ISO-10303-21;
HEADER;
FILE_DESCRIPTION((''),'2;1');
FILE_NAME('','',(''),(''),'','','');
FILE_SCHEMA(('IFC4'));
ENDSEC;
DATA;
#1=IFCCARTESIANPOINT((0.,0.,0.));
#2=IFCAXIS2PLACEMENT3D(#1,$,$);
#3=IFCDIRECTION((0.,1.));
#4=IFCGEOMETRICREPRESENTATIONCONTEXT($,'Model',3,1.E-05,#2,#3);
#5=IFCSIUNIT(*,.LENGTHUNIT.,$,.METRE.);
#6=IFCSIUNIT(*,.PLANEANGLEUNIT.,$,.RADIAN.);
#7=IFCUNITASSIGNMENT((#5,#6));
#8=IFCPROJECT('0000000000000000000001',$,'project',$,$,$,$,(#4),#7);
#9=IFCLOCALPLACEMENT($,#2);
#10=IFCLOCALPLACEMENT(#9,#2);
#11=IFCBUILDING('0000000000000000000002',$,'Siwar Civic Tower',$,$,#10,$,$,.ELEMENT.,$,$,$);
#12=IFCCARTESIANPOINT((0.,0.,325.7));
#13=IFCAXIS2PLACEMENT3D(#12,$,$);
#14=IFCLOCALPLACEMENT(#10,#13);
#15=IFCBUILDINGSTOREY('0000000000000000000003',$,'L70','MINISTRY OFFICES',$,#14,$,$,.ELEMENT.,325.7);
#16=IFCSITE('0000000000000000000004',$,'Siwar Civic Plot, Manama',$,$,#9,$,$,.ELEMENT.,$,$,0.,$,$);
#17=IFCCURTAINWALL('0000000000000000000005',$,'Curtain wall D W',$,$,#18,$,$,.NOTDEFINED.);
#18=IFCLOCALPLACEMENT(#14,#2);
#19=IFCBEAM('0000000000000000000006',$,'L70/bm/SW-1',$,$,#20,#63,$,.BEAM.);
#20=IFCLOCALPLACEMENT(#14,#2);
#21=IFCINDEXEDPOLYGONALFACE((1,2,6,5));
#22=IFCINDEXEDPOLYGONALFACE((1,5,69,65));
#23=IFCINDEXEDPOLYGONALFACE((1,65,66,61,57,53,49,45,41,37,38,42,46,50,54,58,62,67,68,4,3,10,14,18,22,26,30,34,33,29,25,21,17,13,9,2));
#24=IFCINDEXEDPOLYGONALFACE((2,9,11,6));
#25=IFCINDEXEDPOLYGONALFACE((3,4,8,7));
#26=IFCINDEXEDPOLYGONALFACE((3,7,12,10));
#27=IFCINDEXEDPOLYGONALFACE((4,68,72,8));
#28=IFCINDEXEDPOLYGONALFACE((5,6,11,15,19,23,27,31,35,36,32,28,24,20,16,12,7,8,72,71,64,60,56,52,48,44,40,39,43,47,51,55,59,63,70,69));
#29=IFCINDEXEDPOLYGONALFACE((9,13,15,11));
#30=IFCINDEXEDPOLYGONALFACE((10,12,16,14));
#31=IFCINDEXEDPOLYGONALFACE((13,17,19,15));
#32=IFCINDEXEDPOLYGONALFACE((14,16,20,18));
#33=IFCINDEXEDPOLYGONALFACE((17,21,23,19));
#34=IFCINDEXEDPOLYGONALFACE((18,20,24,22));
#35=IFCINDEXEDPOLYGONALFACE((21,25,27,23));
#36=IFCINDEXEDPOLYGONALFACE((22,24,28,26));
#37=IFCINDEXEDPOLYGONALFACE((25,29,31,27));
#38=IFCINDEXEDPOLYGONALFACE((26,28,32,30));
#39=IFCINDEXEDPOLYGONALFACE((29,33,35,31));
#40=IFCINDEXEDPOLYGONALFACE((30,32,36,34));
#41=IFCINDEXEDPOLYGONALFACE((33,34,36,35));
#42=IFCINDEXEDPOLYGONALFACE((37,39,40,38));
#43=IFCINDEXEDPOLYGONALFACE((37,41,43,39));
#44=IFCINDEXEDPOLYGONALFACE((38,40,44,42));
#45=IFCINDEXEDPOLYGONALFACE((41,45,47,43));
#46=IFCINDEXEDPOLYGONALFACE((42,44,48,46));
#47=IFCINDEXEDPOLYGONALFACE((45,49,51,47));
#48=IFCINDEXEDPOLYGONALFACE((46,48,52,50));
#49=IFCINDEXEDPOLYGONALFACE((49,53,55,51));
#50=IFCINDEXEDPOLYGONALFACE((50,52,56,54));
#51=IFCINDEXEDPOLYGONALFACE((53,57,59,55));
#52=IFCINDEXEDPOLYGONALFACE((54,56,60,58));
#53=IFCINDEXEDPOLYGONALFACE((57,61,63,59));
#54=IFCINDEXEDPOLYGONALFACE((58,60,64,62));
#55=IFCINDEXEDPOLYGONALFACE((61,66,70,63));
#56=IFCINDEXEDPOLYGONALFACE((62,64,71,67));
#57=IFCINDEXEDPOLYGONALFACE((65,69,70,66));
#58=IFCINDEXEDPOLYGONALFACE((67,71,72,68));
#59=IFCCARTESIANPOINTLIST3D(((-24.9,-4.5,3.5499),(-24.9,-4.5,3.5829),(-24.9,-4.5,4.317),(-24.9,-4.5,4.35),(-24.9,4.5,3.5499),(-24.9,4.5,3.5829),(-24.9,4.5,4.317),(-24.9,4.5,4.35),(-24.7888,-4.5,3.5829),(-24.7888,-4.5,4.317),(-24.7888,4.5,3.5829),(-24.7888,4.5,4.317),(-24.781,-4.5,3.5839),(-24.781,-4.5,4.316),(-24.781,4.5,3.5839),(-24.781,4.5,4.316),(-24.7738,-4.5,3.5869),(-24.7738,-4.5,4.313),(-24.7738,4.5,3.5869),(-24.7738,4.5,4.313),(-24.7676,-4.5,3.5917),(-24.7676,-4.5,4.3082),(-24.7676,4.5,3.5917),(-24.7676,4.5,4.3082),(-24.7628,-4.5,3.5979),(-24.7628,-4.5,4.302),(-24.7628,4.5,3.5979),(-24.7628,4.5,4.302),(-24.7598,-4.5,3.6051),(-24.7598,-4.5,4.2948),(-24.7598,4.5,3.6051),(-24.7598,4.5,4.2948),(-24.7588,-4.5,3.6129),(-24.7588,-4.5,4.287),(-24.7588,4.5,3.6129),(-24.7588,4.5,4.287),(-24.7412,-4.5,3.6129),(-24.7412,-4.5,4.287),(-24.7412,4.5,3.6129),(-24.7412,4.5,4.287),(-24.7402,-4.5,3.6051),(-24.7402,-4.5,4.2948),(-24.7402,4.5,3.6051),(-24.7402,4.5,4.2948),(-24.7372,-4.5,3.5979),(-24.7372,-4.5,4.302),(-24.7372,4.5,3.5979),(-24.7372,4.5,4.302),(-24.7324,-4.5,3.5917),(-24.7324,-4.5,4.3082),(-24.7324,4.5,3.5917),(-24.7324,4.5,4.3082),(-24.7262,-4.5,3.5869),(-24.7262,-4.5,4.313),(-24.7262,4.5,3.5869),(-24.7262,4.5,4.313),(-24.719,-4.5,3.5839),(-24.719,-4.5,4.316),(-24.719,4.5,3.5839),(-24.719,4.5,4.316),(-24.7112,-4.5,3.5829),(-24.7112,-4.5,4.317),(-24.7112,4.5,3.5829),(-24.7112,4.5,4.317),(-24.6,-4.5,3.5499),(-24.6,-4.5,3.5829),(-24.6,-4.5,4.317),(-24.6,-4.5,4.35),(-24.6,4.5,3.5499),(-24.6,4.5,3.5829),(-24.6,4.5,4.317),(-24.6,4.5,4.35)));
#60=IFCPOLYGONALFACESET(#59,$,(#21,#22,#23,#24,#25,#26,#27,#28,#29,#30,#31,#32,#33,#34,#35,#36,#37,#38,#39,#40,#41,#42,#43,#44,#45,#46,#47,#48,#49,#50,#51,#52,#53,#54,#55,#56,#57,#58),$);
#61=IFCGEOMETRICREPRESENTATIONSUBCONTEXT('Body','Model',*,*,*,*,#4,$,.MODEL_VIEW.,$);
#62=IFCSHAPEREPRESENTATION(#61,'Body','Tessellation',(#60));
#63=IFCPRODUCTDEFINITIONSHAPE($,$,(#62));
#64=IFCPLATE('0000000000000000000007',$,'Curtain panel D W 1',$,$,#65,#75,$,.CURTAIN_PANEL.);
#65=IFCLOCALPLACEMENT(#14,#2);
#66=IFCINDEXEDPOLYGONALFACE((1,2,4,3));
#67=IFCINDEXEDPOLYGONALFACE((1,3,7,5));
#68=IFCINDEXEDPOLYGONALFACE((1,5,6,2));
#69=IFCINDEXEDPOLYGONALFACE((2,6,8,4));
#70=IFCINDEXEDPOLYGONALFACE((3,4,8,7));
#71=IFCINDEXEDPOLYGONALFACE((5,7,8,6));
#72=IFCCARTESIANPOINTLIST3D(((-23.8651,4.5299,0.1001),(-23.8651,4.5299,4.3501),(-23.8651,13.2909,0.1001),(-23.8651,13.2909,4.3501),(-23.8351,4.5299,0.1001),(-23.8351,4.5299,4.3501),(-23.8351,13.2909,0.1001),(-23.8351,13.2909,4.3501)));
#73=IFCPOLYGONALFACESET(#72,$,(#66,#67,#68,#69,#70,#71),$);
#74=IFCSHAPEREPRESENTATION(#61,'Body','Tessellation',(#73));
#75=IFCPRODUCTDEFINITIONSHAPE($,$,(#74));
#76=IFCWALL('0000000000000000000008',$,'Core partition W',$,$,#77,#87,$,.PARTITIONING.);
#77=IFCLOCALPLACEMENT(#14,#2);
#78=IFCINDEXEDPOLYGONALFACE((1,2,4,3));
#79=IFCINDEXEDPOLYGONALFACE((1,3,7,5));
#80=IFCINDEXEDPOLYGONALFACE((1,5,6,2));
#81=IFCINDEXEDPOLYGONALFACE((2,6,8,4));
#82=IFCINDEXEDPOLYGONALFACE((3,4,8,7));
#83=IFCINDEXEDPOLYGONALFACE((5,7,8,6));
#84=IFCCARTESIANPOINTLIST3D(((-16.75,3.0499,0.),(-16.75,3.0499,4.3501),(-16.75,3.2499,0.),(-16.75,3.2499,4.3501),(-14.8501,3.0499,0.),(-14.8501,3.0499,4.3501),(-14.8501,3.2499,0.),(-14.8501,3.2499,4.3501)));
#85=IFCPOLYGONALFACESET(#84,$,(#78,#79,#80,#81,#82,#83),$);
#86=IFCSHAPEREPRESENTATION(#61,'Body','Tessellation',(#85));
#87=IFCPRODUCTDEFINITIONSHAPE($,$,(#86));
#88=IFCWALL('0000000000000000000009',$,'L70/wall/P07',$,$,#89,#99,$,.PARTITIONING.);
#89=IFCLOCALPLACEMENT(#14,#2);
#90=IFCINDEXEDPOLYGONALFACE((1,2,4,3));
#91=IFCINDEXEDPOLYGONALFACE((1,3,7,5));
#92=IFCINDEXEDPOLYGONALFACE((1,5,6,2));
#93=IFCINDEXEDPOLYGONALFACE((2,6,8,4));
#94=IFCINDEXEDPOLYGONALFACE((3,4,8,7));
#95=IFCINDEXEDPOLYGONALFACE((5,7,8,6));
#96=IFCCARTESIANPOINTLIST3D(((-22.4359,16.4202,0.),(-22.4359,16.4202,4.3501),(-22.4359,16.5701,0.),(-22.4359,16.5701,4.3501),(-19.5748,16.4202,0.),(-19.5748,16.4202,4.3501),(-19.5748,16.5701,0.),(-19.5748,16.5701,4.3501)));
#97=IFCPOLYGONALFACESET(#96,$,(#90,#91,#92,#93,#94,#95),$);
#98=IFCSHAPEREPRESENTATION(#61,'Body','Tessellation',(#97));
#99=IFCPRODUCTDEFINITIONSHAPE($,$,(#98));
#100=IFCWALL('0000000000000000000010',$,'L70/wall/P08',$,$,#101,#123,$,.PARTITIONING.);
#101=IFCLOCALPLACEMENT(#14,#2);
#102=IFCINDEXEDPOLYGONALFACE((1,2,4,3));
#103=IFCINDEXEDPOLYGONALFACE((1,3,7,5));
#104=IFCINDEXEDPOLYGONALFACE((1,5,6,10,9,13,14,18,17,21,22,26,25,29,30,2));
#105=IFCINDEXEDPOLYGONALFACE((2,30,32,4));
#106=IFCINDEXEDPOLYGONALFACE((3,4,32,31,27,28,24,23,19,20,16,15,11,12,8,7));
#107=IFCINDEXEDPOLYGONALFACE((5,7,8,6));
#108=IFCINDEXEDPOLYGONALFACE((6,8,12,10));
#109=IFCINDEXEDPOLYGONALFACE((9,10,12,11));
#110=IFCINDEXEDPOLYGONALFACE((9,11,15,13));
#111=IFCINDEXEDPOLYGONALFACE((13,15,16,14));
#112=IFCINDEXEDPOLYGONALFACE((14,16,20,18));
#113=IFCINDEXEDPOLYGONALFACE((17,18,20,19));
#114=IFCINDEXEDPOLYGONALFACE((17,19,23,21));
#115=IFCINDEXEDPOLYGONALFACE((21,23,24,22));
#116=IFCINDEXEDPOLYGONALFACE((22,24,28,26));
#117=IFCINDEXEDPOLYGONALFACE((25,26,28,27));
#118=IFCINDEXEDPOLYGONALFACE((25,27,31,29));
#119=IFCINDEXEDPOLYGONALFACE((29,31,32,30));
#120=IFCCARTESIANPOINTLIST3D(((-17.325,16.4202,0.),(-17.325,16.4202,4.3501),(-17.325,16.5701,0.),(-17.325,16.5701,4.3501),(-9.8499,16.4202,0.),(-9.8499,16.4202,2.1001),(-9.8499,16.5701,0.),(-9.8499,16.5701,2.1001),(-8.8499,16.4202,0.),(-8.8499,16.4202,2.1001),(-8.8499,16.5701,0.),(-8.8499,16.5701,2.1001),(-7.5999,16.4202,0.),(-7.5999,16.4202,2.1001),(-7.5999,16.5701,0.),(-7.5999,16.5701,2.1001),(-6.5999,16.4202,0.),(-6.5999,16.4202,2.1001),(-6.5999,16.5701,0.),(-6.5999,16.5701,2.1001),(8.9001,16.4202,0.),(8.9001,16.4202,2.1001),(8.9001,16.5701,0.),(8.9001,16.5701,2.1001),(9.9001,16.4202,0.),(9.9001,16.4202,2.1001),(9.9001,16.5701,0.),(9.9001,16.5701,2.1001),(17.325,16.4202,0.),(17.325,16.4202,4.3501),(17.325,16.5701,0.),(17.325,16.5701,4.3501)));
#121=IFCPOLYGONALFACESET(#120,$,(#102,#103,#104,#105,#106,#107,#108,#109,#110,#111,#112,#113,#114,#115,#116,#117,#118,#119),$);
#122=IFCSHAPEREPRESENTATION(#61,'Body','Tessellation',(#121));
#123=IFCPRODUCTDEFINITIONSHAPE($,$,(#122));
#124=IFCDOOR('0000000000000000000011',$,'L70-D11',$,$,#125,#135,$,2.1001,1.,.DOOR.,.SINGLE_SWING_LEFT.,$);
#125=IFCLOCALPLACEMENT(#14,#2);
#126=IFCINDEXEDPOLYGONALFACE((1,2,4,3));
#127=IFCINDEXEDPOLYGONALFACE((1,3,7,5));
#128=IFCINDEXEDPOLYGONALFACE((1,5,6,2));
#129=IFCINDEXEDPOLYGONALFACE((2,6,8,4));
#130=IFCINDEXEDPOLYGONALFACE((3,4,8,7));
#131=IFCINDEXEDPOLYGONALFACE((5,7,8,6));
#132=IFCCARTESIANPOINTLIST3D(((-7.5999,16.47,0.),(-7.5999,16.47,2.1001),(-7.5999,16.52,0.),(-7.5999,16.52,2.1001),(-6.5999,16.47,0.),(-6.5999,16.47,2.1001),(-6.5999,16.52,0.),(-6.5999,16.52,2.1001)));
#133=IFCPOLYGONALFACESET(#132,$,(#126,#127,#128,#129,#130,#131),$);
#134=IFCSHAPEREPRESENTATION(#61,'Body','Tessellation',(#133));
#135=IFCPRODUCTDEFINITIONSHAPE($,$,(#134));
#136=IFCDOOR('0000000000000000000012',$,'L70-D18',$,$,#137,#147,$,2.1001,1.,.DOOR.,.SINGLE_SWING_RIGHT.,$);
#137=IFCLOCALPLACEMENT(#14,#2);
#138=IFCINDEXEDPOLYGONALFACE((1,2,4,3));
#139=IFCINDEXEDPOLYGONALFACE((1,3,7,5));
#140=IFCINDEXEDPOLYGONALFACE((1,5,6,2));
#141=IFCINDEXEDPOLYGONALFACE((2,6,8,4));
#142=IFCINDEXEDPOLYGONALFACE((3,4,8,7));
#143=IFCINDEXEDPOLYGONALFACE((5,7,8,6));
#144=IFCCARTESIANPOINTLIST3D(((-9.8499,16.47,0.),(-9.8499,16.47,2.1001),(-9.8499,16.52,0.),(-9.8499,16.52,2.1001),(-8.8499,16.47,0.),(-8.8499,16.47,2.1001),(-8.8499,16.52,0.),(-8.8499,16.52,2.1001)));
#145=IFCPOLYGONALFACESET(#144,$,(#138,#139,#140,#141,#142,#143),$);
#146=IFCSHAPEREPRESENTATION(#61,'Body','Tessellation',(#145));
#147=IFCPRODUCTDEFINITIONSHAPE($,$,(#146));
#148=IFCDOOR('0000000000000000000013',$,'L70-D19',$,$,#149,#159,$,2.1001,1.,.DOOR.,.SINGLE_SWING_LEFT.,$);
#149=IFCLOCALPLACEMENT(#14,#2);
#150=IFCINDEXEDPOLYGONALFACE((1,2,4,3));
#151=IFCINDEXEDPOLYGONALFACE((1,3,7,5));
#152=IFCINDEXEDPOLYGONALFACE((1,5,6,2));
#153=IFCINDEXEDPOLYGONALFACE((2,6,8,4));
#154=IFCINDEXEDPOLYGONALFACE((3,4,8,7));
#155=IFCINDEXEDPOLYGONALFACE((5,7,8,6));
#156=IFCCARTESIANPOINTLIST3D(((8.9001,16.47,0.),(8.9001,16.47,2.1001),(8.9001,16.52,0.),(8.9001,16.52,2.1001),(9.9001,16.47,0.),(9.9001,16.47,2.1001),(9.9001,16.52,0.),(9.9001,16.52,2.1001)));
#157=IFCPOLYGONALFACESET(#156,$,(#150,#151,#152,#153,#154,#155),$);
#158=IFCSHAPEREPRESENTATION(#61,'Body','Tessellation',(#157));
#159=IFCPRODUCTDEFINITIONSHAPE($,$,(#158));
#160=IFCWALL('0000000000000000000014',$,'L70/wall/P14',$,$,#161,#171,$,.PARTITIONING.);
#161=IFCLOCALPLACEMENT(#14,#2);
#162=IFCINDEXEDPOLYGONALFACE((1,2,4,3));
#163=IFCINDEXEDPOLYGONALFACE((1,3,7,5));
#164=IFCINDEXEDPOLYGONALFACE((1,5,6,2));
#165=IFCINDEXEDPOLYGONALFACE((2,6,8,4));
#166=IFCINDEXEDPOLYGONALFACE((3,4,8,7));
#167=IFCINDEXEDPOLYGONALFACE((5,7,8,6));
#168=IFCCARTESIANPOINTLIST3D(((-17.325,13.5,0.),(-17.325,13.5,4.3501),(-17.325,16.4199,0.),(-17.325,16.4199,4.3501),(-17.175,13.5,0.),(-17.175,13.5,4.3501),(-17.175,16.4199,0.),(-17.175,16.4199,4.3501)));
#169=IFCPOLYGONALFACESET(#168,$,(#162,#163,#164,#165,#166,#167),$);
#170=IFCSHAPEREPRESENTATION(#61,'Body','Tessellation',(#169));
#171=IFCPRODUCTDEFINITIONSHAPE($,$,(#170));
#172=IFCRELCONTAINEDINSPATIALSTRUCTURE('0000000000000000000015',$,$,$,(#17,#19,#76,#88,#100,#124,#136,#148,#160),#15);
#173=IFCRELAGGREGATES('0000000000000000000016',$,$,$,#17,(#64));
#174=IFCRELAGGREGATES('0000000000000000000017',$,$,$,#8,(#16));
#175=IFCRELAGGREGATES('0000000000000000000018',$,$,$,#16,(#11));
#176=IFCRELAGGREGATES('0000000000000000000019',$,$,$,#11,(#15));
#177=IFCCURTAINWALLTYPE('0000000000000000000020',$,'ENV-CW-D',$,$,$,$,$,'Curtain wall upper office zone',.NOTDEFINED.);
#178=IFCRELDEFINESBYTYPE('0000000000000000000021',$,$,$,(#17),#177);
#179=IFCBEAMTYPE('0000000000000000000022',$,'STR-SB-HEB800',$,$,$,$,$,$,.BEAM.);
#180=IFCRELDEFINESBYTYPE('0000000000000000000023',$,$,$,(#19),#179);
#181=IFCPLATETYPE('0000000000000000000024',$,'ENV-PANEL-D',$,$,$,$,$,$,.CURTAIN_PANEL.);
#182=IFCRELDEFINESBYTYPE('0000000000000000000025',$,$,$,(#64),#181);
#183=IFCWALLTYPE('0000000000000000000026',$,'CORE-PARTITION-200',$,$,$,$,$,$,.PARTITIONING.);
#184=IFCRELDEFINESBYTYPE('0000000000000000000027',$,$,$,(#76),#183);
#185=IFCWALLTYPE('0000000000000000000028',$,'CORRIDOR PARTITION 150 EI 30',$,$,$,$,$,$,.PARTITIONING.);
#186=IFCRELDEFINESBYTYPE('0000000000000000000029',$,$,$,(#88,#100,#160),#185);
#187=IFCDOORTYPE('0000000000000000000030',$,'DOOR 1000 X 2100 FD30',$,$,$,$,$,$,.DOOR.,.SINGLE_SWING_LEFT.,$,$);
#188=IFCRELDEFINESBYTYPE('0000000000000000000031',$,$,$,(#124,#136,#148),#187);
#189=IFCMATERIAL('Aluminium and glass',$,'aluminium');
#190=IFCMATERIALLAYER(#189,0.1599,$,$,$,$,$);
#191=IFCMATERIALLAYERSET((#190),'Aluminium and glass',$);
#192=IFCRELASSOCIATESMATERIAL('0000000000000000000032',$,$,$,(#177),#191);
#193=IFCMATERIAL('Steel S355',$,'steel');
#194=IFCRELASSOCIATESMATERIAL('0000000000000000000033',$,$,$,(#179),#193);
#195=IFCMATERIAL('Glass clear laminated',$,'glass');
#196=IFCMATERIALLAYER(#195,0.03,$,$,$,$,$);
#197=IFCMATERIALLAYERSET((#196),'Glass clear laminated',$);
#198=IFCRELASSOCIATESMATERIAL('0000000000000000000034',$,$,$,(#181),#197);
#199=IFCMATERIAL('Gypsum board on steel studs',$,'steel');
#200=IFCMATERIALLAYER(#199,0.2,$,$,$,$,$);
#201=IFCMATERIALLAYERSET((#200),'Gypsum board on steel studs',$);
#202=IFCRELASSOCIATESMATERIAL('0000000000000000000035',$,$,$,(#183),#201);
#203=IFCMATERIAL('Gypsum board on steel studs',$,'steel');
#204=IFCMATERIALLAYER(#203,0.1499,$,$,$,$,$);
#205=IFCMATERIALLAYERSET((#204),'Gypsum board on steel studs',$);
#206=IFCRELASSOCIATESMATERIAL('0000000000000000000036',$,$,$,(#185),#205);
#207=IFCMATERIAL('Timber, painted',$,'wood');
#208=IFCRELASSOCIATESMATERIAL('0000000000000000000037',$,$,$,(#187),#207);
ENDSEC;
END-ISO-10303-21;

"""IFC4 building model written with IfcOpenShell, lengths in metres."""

from ifc_helpers import new_model, si_unit, direction, frame, frame_2d, origin, origin_2d, place, context, subcontext, project, spatial, rectangle, i_section, extrude, material, layer, layer_set, material_profile, profile_set, type_object, element, fill, aggregate, save


model = new_model("IFC4")

# Units and contexts
model_context = context("Model", 3, precision=1e-05, world=origin(), true_north=direction((0.0, 1.0)))
body_context = subcontext(model_context, "Body", "Model", "MODEL_VIEW")
ifc_project = project(units=[si_unit("LENGTHUNIT", "METRE"), si_unit("PLANEANGLEUNIT", "RADIAN")], contexts=[model_context])

# Site, building, storey
site_placement = place(None, origin())
site = spatial("IfcSite", under=ifc_project, at=site_placement, Name="Siwar Civic Plot, Manama", CompositionType="ELEMENT", RefElevation=0.0)
building_placement = place(site_placement, origin())
building = spatial("IfcBuilding", under=site, at=building_placement, Name="Siwar Civic Tower", CompositionType="ELEMENT")
storey_placement = place(building_placement, frame((0.0, 0.0, 325.7)))
storey = spatial("IfcBuildingStorey", under=building, at=storey_placement, Name="L70", Description="MINISTRY OFFICES", CompositionType="ELEMENT", Elevation=325.7)

# Curtain wall
ifc_material_1 = material(Name="Aluminium and glass", Category="aluminium")
ifc_layer_1 = layer(ifc_material_1, 0.1599)
ifc_layer_set_1 = layer_set([ifc_layer_1], Name="Aluminium and glass")
curtain_wall_type = type_object("IfcCurtainWallType", Name="ENV-CW-D", ElementType="Curtain wall upper office zone", PredefinedType="NOTDEFINED", material=ifc_layer_set_1)
curtain_wall_placement = place(storey_placement, origin())
curtain_wall = element("IfcCurtainWall", 1, at=curtain_wall_placement, inside=storey, type_object=curtain_wall_type, Name="Curtain wall D W", PredefinedType="NOTDEFINED")

# Beam
ifc_material_2 = material(Name="Steel S355", Category="steel")
ifc_material_profile_1 = material_profile(ifc_material_2, i_section(OverallWidth=0.3, OverallDepth=0.8, WebThickness=0.0176, FlangeThickness=0.033, FilletRadius=0.03, at=origin_2d()), Name="HEB800")
ifc_profile_set_1 = profile_set([ifc_material_profile_1], Name="Steel S355")
beam_type_1 = type_object("IfcBeamType", Name="STR-SB-HEB800", PredefinedType="BEAM", material=ifc_profile_set_1)
for number, where, z_axis, x_axis, name in (
    (2, (-24.75, 4.5, 3.95), (0.0, -1.0, 0.0), (1.0, 0.0, 0.0), "L70/bm/SW-1"),
):
    element("IfcBeam", number, at=place(storey_placement, frame(where, z_axis=z_axis, x_axis=x_axis)), inside=storey, type_object=beam_type_1, Name=name, PredefinedType="BEAM", context=body_context, shape_type="SweptSolid", body=[
        extrude(i_section(OverallWidth=0.3, OverallDepth=0.8, WebThickness=0.0176, FlangeThickness=0.033, FilletRadius=0.03, at=origin_2d()), origin(), (0.0, 0.0, 1.0), 9.0),
    ])

# Plate
ifc_material_3 = material(Name="Glass clear laminated", Category="glass")
ifc_layer_2 = layer(ifc_material_3, 0.03)
ifc_layer_set_2 = layer_set([ifc_layer_2], Name="Glass clear laminated")
plate_type = type_object("IfcPlateType", Name="ENV-PANEL-D", PredefinedType="CURTAIN_PANEL", material=ifc_layer_set_2)
plate_placement = place(storey_placement, frame((-23.8501, 8.9104, 0.1001), z_axis=(0.0, 0.0, 1.0), x_axis=(0.0, -1.0, 0.0)))
plate = element("IfcPlate", 3, at=plate_placement, type_object=plate_type, Name="Curtain panel D W 1", PredefinedType="CURTAIN_PANEL", context=body_context, shape_type="SweptSolid", body=[
    extrude(rectangle(XDim=8.761, YDim=0.03, at=origin_2d()), origin(), (0.0, 0.0, 1.0), 4.25),
])
aggregate(curtain_wall, [plate])

# Walls
ifc_material_4 = material(Name="Gypsum board on steel studs", Category="steel")
ifc_layer_3 = layer(ifc_material_4, 0.2)
ifc_layer_set_3 = layer_set([ifc_layer_3], Name="Gypsum board on steel studs")
wall_type_1 = type_object("IfcWallType", Name="CORE-PARTITION-200", PredefinedType="PARTITIONING", material=ifc_layer_set_3)
wall_1_placement = place(storey_placement, frame((-14.8501, 3.1499, 0.0), z_axis=(0.0, 0.0, 1.0), x_axis=(-1.0, 0.0, 0.0)))
element("IfcWall", 4, at=wall_1_placement, inside=storey, type_object=wall_type_1, Name="Core partition W", PredefinedType="PARTITIONING", context=body_context, shape_type="SweptSolid", body=[
    extrude(rectangle(XDim=1.8999, YDim=0.2, at=frame_2d((0.95, 0.0))), origin(), (0.0, 0.0, 1.0), 4.3501),
])
ifc_material_5 = material(Name="Gypsum board on steel studs", Category="steel")
ifc_layer_4 = layer(ifc_material_5, 0.1499)
ifc_layer_set_4 = layer_set([ifc_layer_4], Name="Gypsum board on steel studs")
wall_type_2 = type_object("IfcWallType", Name="CORRIDOR PARTITION 150 EI 30", PredefinedType="PARTITIONING", material=ifc_layer_set_4)
wall_2_placement = place(storey_placement, frame((-22.436, 16.4951, 0.0), z_axis=(0.0, 0.0, 1.0), x_axis=(1.0, 0.0, 0.0)))
element("IfcWall", 5, at=wall_2_placement, inside=storey, type_object=wall_type_2, Name="L70/wall/P07", PredefinedType="PARTITIONING", context=body_context, shape_type="SweptSolid", body=[
    extrude(rectangle(XDim=2.8611, YDim=0.1499, at=frame_2d((1.4307, 0.0))), origin(), (0.0, 0.0, 1.0), 4.3501),
])

# Wall, openings, doors
wall_3_placement = place(storey_placement, frame((-17.325, 16.4951, 0.0), z_axis=(0.0, 0.0, 1.0), x_axis=(1.0, 0.0, 0.0)))
wall_3 = element("IfcWall", 6, at=wall_3_placement, inside=storey, type_object=wall_type_2, Name="L70/wall/P08", PredefinedType="PARTITIONING", context=body_context, shape_type="SweptSolid", body=[
    extrude(rectangle(XDim=34.6499, YDim=0.1499, at=frame_2d((17.325, 0.0))), origin(), (0.0, 0.0, 1.0), 4.3501),
])
opening_1_placement = place(wall_3_placement, frame((9.7251, 0.0, 0.0)))
opening_1 = element("IfcOpeningElement", 7, at=opening_1_placement, cuts=wall_3, PredefinedType="OPENING", context=body_context, shape_type="SweptSolid", body=[
    extrude(rectangle(XDim=1.0, YDim=2.1001, at=frame_2d((0.5, 1.05))), frame((0.0, 0.085, 0.0), z_axis=(0.0, -1.0, 0.0), x_axis=(1.0, 0.0, 0.0)), (0.0, 0.0, 1.0), 0.1699),
])
opening_2_placement = place(wall_3_placement, frame((7.4751, 0.0, 0.0)))
opening_2 = element("IfcOpeningElement", 8, at=opening_2_placement, cuts=wall_3, PredefinedType="OPENING", context=body_context, shape_type="SweptSolid", body=[
    extrude(rectangle(XDim=1.0, YDim=2.1001, at=frame_2d((0.5, 1.05))), frame((0.0, 0.085, 0.0), z_axis=(0.0, -1.0, 0.0), x_axis=(1.0, 0.0, 0.0)), (0.0, 0.0, 1.0), 0.1699),
])
opening_3_placement = place(wall_3_placement, frame((26.2251, 0.0, 0.0)))
opening_3 = element("IfcOpeningElement", 9, at=opening_3_placement, cuts=wall_3, PredefinedType="OPENING", context=body_context, shape_type="SweptSolid", body=[
    extrude(rectangle(XDim=1.0, YDim=2.1001, at=frame_2d((0.5, 1.05))), frame((0.0, 0.085, 0.0), z_axis=(0.0, -1.0, 0.0), x_axis=(1.0, 0.0, 0.0)), (0.0, 0.0, 1.0), 0.1699),
])
ifc_material_6 = material(Name="Timber, painted", Category="wood")
door_type = type_object("IfcDoorType", Name="DOOR 1000 X 2100 FD30", OperationType="SINGLE_SWING_LEFT", PredefinedType="DOOR", material=ifc_material_6)
door_1_placement = place(opening_1_placement, origin())
door_1 = element("IfcDoor", 10, at=door_1_placement, inside=storey, type_object=door_type, Name="L70-D11", OperationType="SINGLE_SWING_LEFT", OverallHeight=2.1001, OverallWidth=1.0, PredefinedType="DOOR", context=body_context, shape_type="SweptSolid", body=[
    extrude(rectangle(XDim=1.0, YDim=2.1001, at=frame_2d((0.5, 1.05))), frame((0.0, 0.0249, 0.0), z_axis=(0.0, -1.0, 0.0), x_axis=(1.0, 0.0, 0.0)), (0.0, 0.0, 1.0), 0.05),
])
fill(opening_1, door_1)
door_2_placement = place(opening_2_placement, origin())
door_2 = element("IfcDoor", 11, at=door_2_placement, inside=storey, type_object=door_type, Name="L70-D18", OperationType="SINGLE_SWING_RIGHT", OverallHeight=2.1001, OverallWidth=1.0, PredefinedType="DOOR", context=body_context, shape_type="SweptSolid", body=[
    extrude(rectangle(XDim=1.0, YDim=2.1001, at=frame_2d((0.5, 1.05))), frame((0.0, 0.0249, 0.0), z_axis=(0.0, -1.0, 0.0), x_axis=(1.0, 0.0, 0.0)), (0.0, 0.0, 1.0), 0.05),
])
fill(opening_2, door_2)
door_3_placement = place(opening_3_placement, origin())
door_3 = element("IfcDoor", 12, at=door_3_placement, inside=storey, type_object=door_type, Name="L70-D19", OperationType="SINGLE_SWING_LEFT", OverallHeight=2.1001, OverallWidth=1.0, PredefinedType="DOOR", context=body_context, shape_type="SweptSolid", body=[
    extrude(rectangle(XDim=1.0, YDim=2.1001, at=frame_2d((0.5, 1.05))), frame((0.0, 0.0249, 0.0), z_axis=(0.0, -1.0, 0.0), x_axis=(1.0, 0.0, 0.0)), (0.0, 0.0, 1.0), 0.05),
])
fill(opening_3, door_3)

# Wall
wall_4_placement = place(storey_placement, frame((-17.25, 13.5, 0.0), z_axis=(0.0, 0.0, 1.0), x_axis=(0.0, 1.0, 0.0)))
element("IfcWall", 13, at=wall_4_placement, inside=storey, type_object=wall_type_2, Name="L70/wall/P14", PredefinedType="PARTITIONING", context=body_context, shape_type="SweptSolid", body=[
    extrude(rectangle(XDim=2.9199, YDim=0.1499, at=frame_2d((1.46, 0.0))), origin(), (0.0, 0.0, 1.0), 4.3501),
])

save(model, "model.ifc")
